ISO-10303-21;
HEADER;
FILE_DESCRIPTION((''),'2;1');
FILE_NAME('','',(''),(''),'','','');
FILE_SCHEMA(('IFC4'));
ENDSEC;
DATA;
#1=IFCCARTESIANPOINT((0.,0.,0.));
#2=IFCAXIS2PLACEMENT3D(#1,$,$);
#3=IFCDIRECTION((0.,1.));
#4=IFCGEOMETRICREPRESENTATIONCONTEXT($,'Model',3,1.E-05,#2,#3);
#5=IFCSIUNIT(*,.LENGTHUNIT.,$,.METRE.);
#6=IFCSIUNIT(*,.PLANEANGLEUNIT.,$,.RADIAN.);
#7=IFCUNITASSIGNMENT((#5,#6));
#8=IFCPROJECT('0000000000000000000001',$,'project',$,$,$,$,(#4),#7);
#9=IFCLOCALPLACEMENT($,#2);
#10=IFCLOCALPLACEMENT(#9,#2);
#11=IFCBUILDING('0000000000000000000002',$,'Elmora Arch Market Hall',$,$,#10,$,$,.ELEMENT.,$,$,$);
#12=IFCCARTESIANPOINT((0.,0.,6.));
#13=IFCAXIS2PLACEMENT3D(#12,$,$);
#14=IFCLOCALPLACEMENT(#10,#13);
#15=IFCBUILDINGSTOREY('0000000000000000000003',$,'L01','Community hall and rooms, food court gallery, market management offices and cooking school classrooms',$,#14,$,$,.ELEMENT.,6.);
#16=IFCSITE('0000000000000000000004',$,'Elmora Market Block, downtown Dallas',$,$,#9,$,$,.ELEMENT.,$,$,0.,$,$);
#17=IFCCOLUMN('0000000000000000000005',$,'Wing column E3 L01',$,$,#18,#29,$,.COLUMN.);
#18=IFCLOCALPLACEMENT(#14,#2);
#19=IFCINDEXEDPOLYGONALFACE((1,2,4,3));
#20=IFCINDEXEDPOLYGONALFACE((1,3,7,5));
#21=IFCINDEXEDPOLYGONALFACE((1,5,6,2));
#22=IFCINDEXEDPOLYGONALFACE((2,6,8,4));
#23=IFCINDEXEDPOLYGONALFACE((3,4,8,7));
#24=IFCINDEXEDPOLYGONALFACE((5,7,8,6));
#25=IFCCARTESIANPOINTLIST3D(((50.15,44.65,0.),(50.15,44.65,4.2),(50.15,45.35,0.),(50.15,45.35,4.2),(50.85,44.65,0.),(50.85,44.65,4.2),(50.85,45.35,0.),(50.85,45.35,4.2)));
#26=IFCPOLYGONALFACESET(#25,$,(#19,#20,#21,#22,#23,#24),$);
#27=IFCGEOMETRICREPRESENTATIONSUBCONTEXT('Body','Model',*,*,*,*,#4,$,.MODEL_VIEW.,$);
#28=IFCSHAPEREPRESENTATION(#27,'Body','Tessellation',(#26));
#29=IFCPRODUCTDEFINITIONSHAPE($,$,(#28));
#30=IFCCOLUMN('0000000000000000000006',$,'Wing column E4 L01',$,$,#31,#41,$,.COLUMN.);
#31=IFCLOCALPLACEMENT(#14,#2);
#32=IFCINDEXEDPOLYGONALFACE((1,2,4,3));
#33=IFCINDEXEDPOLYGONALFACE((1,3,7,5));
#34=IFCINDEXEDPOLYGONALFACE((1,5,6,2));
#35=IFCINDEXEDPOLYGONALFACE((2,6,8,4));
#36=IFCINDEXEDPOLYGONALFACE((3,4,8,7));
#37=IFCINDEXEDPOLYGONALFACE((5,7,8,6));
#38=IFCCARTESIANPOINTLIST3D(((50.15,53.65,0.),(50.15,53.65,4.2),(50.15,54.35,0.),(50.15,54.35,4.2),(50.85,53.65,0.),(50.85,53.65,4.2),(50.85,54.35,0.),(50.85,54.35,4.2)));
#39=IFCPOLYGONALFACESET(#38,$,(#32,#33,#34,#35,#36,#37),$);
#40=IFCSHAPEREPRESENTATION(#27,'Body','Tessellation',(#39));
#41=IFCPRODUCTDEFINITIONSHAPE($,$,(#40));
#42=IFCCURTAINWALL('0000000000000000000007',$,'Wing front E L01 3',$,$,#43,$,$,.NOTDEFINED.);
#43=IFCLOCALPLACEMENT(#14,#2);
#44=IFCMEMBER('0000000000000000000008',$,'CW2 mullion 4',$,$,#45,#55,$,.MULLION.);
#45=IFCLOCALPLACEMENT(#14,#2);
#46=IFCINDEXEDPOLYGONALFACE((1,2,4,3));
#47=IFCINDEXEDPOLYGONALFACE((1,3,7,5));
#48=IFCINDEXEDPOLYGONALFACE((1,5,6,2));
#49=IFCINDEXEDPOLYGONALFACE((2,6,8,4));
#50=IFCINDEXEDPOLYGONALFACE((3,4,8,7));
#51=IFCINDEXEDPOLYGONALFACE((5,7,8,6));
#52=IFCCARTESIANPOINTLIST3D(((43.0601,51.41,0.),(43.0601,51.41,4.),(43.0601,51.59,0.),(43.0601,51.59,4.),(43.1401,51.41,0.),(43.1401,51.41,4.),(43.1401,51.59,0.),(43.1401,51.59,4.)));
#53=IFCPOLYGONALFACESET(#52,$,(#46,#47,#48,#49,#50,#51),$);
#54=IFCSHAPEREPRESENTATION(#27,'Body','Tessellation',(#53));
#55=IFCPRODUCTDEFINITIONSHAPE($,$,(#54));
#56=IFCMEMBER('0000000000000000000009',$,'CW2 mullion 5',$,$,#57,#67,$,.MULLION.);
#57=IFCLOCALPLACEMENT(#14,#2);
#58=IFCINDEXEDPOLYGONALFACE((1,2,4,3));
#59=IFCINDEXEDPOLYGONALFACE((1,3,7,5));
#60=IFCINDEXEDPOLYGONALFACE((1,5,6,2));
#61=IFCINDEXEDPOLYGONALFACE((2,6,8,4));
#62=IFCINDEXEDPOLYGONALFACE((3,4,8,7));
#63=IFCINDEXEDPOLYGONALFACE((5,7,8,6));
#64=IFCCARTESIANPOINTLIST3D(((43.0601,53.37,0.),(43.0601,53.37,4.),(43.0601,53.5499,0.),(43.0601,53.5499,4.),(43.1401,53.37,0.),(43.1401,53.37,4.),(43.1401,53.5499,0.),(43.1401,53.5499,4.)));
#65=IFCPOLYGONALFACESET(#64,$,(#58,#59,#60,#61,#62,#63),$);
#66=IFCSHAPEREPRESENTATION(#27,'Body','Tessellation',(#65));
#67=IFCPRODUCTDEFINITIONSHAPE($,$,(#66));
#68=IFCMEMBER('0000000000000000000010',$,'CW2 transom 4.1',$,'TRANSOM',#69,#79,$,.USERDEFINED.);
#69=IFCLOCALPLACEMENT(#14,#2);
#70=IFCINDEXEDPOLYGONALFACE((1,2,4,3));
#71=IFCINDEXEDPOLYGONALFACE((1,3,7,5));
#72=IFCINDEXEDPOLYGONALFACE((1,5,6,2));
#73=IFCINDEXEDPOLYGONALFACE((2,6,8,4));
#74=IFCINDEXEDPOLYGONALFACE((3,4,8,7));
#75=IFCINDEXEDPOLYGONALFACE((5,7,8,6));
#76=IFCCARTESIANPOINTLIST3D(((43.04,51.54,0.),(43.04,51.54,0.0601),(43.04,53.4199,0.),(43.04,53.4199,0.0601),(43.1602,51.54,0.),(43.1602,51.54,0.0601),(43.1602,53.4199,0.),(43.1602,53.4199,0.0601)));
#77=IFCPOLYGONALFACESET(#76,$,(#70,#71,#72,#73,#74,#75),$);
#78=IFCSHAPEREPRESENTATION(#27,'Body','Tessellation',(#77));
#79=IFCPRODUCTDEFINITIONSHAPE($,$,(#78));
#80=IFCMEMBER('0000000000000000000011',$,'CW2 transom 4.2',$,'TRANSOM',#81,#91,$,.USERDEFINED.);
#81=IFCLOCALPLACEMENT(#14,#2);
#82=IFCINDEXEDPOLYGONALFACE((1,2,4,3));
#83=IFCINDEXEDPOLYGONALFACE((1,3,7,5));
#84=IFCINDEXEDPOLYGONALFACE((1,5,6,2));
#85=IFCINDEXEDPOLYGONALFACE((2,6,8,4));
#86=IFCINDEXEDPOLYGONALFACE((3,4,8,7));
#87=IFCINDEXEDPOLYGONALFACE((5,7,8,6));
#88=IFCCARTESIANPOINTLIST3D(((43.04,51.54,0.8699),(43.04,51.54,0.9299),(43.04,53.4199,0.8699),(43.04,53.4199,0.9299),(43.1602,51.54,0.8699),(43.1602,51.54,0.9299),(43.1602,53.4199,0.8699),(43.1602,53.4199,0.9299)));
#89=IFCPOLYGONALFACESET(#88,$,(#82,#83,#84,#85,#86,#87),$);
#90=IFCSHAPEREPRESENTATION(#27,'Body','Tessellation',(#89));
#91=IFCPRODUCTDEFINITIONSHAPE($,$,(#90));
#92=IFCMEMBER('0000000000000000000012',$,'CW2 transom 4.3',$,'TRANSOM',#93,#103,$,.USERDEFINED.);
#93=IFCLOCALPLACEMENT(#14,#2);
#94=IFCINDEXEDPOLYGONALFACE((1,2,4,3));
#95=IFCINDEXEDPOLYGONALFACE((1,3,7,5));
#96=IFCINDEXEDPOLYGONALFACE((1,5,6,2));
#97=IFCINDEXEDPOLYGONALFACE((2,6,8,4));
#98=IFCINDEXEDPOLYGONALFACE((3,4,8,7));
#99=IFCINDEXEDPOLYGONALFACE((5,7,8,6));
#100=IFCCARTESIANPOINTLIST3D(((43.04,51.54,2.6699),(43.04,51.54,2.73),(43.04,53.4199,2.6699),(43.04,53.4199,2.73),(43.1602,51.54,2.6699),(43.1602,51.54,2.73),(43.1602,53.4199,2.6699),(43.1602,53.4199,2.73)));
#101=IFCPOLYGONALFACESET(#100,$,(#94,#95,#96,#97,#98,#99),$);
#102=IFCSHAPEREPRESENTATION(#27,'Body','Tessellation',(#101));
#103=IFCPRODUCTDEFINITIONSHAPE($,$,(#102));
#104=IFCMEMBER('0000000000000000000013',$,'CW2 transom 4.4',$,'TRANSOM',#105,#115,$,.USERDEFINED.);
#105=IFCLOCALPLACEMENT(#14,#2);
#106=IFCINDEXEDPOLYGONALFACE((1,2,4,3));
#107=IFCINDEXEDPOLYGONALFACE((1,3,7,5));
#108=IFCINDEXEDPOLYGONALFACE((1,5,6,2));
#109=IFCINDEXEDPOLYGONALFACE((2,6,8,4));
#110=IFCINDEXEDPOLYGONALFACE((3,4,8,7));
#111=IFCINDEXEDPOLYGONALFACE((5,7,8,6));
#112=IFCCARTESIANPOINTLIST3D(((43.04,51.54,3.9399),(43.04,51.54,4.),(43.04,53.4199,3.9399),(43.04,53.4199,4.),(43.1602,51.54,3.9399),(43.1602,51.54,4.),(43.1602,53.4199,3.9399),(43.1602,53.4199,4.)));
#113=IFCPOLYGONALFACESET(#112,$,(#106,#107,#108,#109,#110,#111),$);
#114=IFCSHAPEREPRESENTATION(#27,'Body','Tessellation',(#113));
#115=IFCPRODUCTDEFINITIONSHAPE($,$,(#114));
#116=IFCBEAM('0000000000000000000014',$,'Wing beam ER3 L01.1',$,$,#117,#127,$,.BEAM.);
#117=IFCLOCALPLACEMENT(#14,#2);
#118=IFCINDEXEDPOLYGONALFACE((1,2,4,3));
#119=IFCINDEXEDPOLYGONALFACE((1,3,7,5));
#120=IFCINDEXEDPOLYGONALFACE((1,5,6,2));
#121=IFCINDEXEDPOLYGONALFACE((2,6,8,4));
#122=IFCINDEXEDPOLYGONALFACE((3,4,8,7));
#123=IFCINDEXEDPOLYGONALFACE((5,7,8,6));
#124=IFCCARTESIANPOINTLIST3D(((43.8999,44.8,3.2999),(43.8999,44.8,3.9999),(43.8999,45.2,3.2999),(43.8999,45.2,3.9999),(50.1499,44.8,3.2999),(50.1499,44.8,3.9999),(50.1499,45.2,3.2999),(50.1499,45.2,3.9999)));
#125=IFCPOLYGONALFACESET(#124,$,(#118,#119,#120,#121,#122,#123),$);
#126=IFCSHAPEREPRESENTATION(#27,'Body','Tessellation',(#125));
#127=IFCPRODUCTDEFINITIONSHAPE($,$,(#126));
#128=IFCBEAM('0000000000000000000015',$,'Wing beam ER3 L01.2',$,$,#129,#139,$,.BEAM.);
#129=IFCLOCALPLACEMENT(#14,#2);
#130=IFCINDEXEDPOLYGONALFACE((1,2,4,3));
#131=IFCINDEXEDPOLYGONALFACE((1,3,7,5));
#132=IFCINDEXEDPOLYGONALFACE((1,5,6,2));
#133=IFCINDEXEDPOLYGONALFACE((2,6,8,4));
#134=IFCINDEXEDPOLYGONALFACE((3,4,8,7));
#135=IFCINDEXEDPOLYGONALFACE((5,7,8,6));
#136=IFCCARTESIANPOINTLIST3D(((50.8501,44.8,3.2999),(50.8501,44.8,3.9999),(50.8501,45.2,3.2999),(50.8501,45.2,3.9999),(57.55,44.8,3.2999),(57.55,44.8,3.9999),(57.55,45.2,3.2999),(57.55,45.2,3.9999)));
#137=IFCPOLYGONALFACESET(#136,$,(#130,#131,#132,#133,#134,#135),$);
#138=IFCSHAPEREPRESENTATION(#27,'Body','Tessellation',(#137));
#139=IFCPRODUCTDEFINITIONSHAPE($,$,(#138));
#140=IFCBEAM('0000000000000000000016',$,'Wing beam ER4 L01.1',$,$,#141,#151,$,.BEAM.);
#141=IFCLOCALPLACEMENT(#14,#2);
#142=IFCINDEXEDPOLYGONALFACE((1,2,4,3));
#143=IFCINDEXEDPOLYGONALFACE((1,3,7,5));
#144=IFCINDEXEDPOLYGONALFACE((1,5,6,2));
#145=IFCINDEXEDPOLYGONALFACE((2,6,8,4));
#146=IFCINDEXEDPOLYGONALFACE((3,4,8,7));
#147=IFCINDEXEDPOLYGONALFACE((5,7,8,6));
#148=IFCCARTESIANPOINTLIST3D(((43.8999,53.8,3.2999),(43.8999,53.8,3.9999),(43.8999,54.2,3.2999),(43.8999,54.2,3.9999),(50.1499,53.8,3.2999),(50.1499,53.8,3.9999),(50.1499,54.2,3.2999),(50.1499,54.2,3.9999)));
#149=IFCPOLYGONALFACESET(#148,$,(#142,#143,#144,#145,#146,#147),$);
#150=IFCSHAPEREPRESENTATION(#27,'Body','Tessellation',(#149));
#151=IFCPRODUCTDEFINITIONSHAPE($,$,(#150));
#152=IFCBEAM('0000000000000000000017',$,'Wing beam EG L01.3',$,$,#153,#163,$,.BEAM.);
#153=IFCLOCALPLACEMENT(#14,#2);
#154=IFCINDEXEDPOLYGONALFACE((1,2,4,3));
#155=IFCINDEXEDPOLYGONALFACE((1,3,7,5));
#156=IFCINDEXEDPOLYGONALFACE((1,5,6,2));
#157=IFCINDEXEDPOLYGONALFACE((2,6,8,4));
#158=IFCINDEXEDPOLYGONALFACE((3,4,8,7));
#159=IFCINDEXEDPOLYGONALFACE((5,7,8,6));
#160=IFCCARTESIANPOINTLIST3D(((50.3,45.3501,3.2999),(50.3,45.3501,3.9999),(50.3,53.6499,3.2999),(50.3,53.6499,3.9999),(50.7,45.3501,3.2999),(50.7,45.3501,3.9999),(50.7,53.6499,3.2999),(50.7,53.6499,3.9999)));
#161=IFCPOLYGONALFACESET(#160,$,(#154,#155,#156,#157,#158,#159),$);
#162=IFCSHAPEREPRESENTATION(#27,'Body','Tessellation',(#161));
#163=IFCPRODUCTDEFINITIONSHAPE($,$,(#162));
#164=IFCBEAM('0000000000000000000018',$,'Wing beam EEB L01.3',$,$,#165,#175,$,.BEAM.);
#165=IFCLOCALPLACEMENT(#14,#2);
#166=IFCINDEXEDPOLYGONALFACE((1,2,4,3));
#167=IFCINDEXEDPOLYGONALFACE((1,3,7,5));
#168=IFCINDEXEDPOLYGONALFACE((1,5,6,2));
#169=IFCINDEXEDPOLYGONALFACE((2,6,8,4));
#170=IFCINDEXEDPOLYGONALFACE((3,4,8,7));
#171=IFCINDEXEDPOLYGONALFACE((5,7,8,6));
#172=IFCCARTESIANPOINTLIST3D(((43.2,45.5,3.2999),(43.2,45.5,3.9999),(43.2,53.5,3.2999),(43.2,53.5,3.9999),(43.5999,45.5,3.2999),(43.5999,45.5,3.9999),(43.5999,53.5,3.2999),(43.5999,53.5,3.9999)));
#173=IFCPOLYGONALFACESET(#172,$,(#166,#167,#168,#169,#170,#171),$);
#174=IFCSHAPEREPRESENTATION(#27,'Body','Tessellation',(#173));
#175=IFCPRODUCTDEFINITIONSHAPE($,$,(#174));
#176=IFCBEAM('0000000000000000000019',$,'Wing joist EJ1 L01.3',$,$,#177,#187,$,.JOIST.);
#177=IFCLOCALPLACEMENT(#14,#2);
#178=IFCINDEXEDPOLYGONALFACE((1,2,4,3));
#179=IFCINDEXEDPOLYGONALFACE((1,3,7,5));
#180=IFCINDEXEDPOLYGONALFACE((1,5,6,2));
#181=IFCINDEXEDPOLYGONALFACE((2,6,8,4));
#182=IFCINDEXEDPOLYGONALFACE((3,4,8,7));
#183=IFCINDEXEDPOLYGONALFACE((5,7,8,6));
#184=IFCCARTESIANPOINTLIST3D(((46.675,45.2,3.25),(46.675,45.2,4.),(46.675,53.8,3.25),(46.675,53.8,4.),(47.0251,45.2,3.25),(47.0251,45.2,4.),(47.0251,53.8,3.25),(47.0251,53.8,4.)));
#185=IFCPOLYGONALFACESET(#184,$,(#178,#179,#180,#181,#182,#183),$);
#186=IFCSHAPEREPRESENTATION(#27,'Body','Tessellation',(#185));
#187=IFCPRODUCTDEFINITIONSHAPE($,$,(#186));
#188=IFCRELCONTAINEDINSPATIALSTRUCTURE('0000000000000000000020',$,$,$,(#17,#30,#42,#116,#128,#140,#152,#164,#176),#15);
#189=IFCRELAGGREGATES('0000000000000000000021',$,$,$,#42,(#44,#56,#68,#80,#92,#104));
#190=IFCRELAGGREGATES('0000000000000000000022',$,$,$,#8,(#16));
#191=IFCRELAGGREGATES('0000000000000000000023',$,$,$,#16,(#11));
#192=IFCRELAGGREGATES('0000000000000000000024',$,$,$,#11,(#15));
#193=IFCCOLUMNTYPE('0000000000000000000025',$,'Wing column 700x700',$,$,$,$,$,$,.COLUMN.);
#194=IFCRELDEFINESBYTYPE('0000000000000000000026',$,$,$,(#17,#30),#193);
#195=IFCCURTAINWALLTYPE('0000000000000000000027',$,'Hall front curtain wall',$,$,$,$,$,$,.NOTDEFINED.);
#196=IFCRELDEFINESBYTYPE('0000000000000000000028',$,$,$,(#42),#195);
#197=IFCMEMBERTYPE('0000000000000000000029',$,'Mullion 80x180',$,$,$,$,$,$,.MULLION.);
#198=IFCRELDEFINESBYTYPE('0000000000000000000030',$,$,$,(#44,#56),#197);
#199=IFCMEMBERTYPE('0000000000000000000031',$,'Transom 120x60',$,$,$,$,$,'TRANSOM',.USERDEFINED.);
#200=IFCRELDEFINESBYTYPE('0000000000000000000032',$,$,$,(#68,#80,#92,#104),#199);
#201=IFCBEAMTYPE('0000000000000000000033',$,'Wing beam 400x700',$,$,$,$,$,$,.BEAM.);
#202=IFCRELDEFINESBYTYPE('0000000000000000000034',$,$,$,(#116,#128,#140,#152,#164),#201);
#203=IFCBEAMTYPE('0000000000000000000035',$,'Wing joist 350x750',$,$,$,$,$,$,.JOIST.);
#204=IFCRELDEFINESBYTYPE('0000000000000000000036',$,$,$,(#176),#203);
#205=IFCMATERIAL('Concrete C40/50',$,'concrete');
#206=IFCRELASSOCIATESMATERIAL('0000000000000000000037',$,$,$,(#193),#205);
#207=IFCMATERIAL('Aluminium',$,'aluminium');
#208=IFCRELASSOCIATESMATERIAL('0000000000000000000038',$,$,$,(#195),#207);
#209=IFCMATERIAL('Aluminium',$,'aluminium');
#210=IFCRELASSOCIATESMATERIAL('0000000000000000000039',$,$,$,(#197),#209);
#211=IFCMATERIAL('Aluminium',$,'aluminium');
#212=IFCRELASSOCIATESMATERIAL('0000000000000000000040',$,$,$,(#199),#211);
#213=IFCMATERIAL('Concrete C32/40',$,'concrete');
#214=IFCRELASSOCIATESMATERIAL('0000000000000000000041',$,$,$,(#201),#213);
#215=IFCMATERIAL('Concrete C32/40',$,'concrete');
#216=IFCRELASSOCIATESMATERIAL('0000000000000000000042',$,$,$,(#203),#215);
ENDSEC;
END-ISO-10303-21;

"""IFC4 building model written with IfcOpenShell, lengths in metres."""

from ifc_helpers import new_model, si_unit, direction, frame, origin, origin_2d, place, context, subcontext, project, spatial, rectangle, extrude, material, material_profile, profile_set, type_object, element, aggregate, save


model = new_model("IFC4")

# Units and contexts
model_context = context("Model", 3, precision=1e-05, world=origin(), true_north=direction((0.0, 1.0)))
body_context = subcontext(model_context, "Body", "Model", "MODEL_VIEW")
ifc_project = project(units=[si_unit("LENGTHUNIT", "METRE"), si_unit("PLANEANGLEUNIT", "RADIAN")], contexts=[model_context])

# Site, building, storey
site_placement = place(None, origin())
site = spatial("IfcSite", under=ifc_project, at=site_placement, Name="Elmora Market Block, downtown Dallas", CompositionType="ELEMENT", RefElevation=0.0)
building_placement = place(site_placement, origin())
building = spatial("IfcBuilding", under=site, at=building_placement, Name="Elmora Arch Market Hall", CompositionType="ELEMENT")
storey_placement = place(building_placement, frame((0.0, 0.0, 6.0)))
storey = spatial("IfcBuildingStorey", under=building, at=storey_placement, Name="L01", Description="Community hall and rooms, food court gallery, market management offices and cooking school classrooms", CompositionType="ELEMENT", Elevation=6.0)

# Columns
ifc_material_1 = material(Name="Concrete C40/50", Category="concrete")
ifc_material_profile_1 = material_profile(ifc_material_1, rectangle(XDim=0.7, YDim=0.7, at=origin_2d()), Name="Wing column 700x700")
ifc_profile_set_1 = profile_set([ifc_material_profile_1], Name="Concrete C40/50")
column_type = type_object("IfcColumnType", Name="Wing column 700x700", PredefinedType="COLUMN", material=ifc_profile_set_1)
for number, where, z_axis, x_axis, name in (
    (1, (50.5, 45.0, 0.0), (0.0, 0.0, 1.0), (1.0, 0.0, 0.0), "Wing column E3 L01"),
    (2, (50.5, 54.0, 0.0), (0.0, 0.0, 1.0), (1.0, 0.0, 0.0), "Wing column E4 L01"),
):
    element("IfcColumn", number, at=place(storey_placement, frame(where, z_axis=z_axis, x_axis=x_axis)), inside=storey, type_object=column_type, Name=name, PredefinedType="COLUMN", context=body_context, shape_type="SweptSolid", body=[
        extrude(rectangle(XDim=0.7, YDim=0.7, at=origin_2d()), origin(), (0.0, 0.0, 1.0), 4.2),
    ])

# Curtain wall, members
ifc_material_2 = material(Name="Aluminium", Category="aluminium")
curtain_wall_type = type_object("IfcCurtainWallType", Name="Hall front curtain wall", PredefinedType="NOTDEFINED", material=ifc_material_2)
curtain_wall_placement = place(storey_placement, origin())
curtain_wall = element("IfcCurtainWall", 3, at=curtain_wall_placement, inside=storey, type_object=curtain_wall_type, Name="Wing front E L01 3", PredefinedType="NOTDEFINED")
ifc_material_3 = material(Name="Aluminium", Category="aluminium")
ifc_material_profile_2 = material_profile(ifc_material_3, rectangle(XDim=0.0801, YDim=0.1799, at=origin_2d()), Name="AL 80x180")
ifc_profile_set_2 = profile_set([ifc_material_profile_2], Name="Aluminium")
member_type_1 = type_object("IfcMemberType", Name="Mullion 80x180", PredefinedType="MULLION", material=ifc_profile_set_2)
member_1_placement = place(storey_placement, frame((43.1001, 51.5, 0.0), z_axis=(0.0, 0.0, 1.0), x_axis=(-1.0, 0.0, 0.0)))
member_1 = element("IfcMember", 4, at=member_1_placement, type_object=member_type_1, Name="CW2 mullion 4", PredefinedType="MULLION", context=body_context, shape_type="SweptSolid", body=[
    extrude(rectangle(XDim=0.0801, YDim=0.1799, at=origin_2d()), origin(), (0.0, 0.0, 1.0), 4.0),
])
member_2_placement = place(storey_placement, frame((43.1001, 53.46, 0.0), z_axis=(0.0, 0.0, 1.0), x_axis=(-1.0, 0.0, 0.0)))
member_2 = element("IfcMember", 5, at=member_2_placement, type_object=member_type_1, Name="CW2 mullion 5", PredefinedType="MULLION", context=body_context, shape_type="SweptSolid", body=[
    extrude(rectangle(XDim=0.0801, YDim=0.1799, at=origin_2d()), origin(), (0.0, 0.0, 1.0), 4.0),
])
ifc_material_4 = material(Name="Aluminium", Category="aluminium")
ifc_material_profile_3 = material_profile(ifc_material_4, rectangle(XDim=0.1201, YDim=0.0601, at=origin_2d()), Name="AL 120x60")
ifc_profile_set_3 = profile_set([ifc_material_profile_3], Name="Aluminium")
member_type_2 = type_object("IfcMemberType", Name="Transom 120x60", ElementType="TRANSOM", PredefinedType="USERDEFINED", material=ifc_profile_set_3)
member_3_placement = place(storey_placement, frame((43.1001, 51.54, 0.03), z_axis=(0.0, 1.0, 0.0), x_axis=(-1.0, 0.0, 0.0)))
member_3 = element("IfcMember", 6, at=member_3_placement, type_object=member_type_2, Name="CW2 transom 4.1", ObjectType="TRANSOM", PredefinedType="USERDEFINED", context=body_context, shape_type="SweptSolid", body=[
    extrude(rectangle(XDim=0.1201, YDim=0.0601, at=origin_2d()), origin(), (0.0, 0.0, 1.0), 1.8799),
])
member_4_placement = place(storey_placement, frame((43.1001, 51.54, 0.8999), z_axis=(0.0, 1.0, 0.0), x_axis=(-1.0, 0.0, 0.0)))
member_4 = element("IfcMember", 7, at=member_4_placement, type_object=member_type_2, Name="CW2 transom 4.2", ObjectType="TRANSOM", PredefinedType="USERDEFINED", context=body_context, shape_type="SweptSolid", body=[
    extrude(rectangle(XDim=0.1201, YDim=0.0601, at=origin_2d()), origin(), (0.0, 0.0, 1.0), 1.8799),
])
member_5_placement = place(storey_placement, frame((43.1001, 51.54, 2.7), z_axis=(0.0, 1.0, 0.0), x_axis=(-1.0, 0.0, 0.0)))
member_5 = element("IfcMember", 8, at=member_5_placement, type_object=member_type_2, Name="CW2 transom 4.3", ObjectType="TRANSOM", PredefinedType="USERDEFINED", context=body_context, shape_type="SweptSolid", body=[
    extrude(rectangle(XDim=0.1201, YDim=0.0601, at=origin_2d()), origin(), (0.0, 0.0, 1.0), 1.8799),
])
member_6_placement = place(storey_placement, frame((43.1001, 51.54, 3.97), z_axis=(0.0, 1.0, 0.0), x_axis=(-1.0, 0.0, 0.0)))
member_6 = element("IfcMember", 9, at=member_6_placement, type_object=member_type_2, Name="CW2 transom 4.4", ObjectType="TRANSOM", PredefinedType="USERDEFINED", context=body_context, shape_type="SweptSolid", body=[
    extrude(rectangle(XDim=0.1201, YDim=0.0601, at=origin_2d()), origin(), (0.0, 0.0, 1.0), 1.8799),
])

# Beams
ifc_material_5 = material(Name="Concrete C32/40", Category="concrete")
ifc_material_profile_4 = material_profile(ifc_material_5, rectangle(XDim=0.3999, YDim=0.7, at=origin_2d()), Name="Wing beam 400x700")
ifc_profile_set_4 = profile_set([ifc_material_profile_4], Name="Concrete C32/40")
beam_type_1 = type_object("IfcBeamType", Name="Wing beam 400x700", PredefinedType="BEAM", material=ifc_profile_set_4)
beam_1_placement = place(storey_placement, frame((43.8999, 45.0, 3.6499), z_axis=(1.0, 0.0, 0.0), x_axis=(0.0, 1.0, 0.0)))
element("IfcBeam", 10, at=beam_1_placement, inside=storey, type_object=beam_type_1, Name="Wing beam ER3 L01.1", PredefinedType="BEAM", context=body_context, shape_type="SweptSolid", body=[
    extrude(rectangle(XDim=0.3999, YDim=0.7, at=origin_2d()), origin(), (0.0, 0.0, 1.0), 6.25),
])
beam_2_placement = place(storey_placement, frame((50.8501, 45.0, 3.6499), z_axis=(1.0, 0.0, 0.0), x_axis=(0.0, 1.0, 0.0)))
element("IfcBeam", 11, at=beam_2_placement, inside=storey, type_object=beam_type_1, Name="Wing beam ER3 L01.2", PredefinedType="BEAM", context=body_context, shape_type="SweptSolid", body=[
    extrude(rectangle(XDim=0.3999, YDim=0.7, at=origin_2d()), origin(), (0.0, 0.0, 1.0), 6.7),
])
beam_3_placement = place(storey_placement, frame((43.8999, 54.0, 3.6499), z_axis=(1.0, 0.0, 0.0), x_axis=(0.0, 1.0, 0.0)))
element("IfcBeam", 12, at=beam_3_placement, inside=storey, type_object=beam_type_1, Name="Wing beam ER4 L01.1", PredefinedType="BEAM", context=body_context, shape_type="SweptSolid", body=[
    extrude(rectangle(XDim=0.3999, YDim=0.7, at=origin_2d()), origin(), (0.0, 0.0, 1.0), 6.25),
])
beam_4_placement = place(storey_placement, frame((50.5, 45.3501, 3.6499), z_axis=(0.0, 1.0, 0.0), x_axis=(-1.0, 0.0, 0.0)))
element("IfcBeam", 13, at=beam_4_placement, inside=storey, type_object=beam_type_1, Name="Wing beam EG L01.3", PredefinedType="BEAM", context=body_context, shape_type="SweptSolid", body=[
    extrude(rectangle(XDim=0.3999, YDim=0.7, at=origin_2d()), origin(), (0.0, 0.0, 1.0), 8.2998),
])
beam_5_placement = place(storey_placement, frame((43.3999, 45.5, 3.6499), z_axis=(0.0, 1.0, 0.0), x_axis=(-1.0, 0.0, 0.0)))
element("IfcBeam", 14, at=beam_5_placement, inside=storey, type_object=beam_type_1, Name="Wing beam EEB L01.3", PredefinedType="BEAM", context=body_context, shape_type="SweptSolid", body=[
    extrude(rectangle(XDim=0.3999, YDim=0.7, at=origin_2d()), origin(), (0.0, 0.0, 1.0), 8.0),
])
ifc_material_6 = material(Name="Concrete C32/40", Category="concrete")
ifc_material_profile_5 = material_profile(ifc_material_6, rectangle(XDim=0.3501, YDim=0.75, at=origin_2d()), Name="Wing joist 350x750")
ifc_profile_set_5 = profile_set([ifc_material_profile_5], Name="Concrete C32/40")
beam_type_2 = type_object("IfcBeamType", Name="Wing joist 350x750", PredefinedType="JOIST", material=ifc_profile_set_5)
for number, where, z_axis, x_axis, name in (
    (15, (46.8501, 45.2, 3.625), (0.0, 1.0, 0.0), (-1.0, 0.0, 0.0), "Wing joist EJ1 L01.3"),
):
    element("IfcBeam", number, at=place(storey_placement, frame(where, z_axis=z_axis, x_axis=x_axis)), inside=storey, type_object=beam_type_2, Name=name, PredefinedType="JOIST", context=body_context, shape_type="SweptSolid", body=[
        extrude(rectangle(XDim=0.3501, YDim=0.75, at=origin_2d()), origin(), (0.0, 0.0, 1.0), 8.6001),
    ])

aggregate(curtain_wall, [member_1, member_2, member_3, member_4, member_5, member_6])

save(model, "model.ifc")
